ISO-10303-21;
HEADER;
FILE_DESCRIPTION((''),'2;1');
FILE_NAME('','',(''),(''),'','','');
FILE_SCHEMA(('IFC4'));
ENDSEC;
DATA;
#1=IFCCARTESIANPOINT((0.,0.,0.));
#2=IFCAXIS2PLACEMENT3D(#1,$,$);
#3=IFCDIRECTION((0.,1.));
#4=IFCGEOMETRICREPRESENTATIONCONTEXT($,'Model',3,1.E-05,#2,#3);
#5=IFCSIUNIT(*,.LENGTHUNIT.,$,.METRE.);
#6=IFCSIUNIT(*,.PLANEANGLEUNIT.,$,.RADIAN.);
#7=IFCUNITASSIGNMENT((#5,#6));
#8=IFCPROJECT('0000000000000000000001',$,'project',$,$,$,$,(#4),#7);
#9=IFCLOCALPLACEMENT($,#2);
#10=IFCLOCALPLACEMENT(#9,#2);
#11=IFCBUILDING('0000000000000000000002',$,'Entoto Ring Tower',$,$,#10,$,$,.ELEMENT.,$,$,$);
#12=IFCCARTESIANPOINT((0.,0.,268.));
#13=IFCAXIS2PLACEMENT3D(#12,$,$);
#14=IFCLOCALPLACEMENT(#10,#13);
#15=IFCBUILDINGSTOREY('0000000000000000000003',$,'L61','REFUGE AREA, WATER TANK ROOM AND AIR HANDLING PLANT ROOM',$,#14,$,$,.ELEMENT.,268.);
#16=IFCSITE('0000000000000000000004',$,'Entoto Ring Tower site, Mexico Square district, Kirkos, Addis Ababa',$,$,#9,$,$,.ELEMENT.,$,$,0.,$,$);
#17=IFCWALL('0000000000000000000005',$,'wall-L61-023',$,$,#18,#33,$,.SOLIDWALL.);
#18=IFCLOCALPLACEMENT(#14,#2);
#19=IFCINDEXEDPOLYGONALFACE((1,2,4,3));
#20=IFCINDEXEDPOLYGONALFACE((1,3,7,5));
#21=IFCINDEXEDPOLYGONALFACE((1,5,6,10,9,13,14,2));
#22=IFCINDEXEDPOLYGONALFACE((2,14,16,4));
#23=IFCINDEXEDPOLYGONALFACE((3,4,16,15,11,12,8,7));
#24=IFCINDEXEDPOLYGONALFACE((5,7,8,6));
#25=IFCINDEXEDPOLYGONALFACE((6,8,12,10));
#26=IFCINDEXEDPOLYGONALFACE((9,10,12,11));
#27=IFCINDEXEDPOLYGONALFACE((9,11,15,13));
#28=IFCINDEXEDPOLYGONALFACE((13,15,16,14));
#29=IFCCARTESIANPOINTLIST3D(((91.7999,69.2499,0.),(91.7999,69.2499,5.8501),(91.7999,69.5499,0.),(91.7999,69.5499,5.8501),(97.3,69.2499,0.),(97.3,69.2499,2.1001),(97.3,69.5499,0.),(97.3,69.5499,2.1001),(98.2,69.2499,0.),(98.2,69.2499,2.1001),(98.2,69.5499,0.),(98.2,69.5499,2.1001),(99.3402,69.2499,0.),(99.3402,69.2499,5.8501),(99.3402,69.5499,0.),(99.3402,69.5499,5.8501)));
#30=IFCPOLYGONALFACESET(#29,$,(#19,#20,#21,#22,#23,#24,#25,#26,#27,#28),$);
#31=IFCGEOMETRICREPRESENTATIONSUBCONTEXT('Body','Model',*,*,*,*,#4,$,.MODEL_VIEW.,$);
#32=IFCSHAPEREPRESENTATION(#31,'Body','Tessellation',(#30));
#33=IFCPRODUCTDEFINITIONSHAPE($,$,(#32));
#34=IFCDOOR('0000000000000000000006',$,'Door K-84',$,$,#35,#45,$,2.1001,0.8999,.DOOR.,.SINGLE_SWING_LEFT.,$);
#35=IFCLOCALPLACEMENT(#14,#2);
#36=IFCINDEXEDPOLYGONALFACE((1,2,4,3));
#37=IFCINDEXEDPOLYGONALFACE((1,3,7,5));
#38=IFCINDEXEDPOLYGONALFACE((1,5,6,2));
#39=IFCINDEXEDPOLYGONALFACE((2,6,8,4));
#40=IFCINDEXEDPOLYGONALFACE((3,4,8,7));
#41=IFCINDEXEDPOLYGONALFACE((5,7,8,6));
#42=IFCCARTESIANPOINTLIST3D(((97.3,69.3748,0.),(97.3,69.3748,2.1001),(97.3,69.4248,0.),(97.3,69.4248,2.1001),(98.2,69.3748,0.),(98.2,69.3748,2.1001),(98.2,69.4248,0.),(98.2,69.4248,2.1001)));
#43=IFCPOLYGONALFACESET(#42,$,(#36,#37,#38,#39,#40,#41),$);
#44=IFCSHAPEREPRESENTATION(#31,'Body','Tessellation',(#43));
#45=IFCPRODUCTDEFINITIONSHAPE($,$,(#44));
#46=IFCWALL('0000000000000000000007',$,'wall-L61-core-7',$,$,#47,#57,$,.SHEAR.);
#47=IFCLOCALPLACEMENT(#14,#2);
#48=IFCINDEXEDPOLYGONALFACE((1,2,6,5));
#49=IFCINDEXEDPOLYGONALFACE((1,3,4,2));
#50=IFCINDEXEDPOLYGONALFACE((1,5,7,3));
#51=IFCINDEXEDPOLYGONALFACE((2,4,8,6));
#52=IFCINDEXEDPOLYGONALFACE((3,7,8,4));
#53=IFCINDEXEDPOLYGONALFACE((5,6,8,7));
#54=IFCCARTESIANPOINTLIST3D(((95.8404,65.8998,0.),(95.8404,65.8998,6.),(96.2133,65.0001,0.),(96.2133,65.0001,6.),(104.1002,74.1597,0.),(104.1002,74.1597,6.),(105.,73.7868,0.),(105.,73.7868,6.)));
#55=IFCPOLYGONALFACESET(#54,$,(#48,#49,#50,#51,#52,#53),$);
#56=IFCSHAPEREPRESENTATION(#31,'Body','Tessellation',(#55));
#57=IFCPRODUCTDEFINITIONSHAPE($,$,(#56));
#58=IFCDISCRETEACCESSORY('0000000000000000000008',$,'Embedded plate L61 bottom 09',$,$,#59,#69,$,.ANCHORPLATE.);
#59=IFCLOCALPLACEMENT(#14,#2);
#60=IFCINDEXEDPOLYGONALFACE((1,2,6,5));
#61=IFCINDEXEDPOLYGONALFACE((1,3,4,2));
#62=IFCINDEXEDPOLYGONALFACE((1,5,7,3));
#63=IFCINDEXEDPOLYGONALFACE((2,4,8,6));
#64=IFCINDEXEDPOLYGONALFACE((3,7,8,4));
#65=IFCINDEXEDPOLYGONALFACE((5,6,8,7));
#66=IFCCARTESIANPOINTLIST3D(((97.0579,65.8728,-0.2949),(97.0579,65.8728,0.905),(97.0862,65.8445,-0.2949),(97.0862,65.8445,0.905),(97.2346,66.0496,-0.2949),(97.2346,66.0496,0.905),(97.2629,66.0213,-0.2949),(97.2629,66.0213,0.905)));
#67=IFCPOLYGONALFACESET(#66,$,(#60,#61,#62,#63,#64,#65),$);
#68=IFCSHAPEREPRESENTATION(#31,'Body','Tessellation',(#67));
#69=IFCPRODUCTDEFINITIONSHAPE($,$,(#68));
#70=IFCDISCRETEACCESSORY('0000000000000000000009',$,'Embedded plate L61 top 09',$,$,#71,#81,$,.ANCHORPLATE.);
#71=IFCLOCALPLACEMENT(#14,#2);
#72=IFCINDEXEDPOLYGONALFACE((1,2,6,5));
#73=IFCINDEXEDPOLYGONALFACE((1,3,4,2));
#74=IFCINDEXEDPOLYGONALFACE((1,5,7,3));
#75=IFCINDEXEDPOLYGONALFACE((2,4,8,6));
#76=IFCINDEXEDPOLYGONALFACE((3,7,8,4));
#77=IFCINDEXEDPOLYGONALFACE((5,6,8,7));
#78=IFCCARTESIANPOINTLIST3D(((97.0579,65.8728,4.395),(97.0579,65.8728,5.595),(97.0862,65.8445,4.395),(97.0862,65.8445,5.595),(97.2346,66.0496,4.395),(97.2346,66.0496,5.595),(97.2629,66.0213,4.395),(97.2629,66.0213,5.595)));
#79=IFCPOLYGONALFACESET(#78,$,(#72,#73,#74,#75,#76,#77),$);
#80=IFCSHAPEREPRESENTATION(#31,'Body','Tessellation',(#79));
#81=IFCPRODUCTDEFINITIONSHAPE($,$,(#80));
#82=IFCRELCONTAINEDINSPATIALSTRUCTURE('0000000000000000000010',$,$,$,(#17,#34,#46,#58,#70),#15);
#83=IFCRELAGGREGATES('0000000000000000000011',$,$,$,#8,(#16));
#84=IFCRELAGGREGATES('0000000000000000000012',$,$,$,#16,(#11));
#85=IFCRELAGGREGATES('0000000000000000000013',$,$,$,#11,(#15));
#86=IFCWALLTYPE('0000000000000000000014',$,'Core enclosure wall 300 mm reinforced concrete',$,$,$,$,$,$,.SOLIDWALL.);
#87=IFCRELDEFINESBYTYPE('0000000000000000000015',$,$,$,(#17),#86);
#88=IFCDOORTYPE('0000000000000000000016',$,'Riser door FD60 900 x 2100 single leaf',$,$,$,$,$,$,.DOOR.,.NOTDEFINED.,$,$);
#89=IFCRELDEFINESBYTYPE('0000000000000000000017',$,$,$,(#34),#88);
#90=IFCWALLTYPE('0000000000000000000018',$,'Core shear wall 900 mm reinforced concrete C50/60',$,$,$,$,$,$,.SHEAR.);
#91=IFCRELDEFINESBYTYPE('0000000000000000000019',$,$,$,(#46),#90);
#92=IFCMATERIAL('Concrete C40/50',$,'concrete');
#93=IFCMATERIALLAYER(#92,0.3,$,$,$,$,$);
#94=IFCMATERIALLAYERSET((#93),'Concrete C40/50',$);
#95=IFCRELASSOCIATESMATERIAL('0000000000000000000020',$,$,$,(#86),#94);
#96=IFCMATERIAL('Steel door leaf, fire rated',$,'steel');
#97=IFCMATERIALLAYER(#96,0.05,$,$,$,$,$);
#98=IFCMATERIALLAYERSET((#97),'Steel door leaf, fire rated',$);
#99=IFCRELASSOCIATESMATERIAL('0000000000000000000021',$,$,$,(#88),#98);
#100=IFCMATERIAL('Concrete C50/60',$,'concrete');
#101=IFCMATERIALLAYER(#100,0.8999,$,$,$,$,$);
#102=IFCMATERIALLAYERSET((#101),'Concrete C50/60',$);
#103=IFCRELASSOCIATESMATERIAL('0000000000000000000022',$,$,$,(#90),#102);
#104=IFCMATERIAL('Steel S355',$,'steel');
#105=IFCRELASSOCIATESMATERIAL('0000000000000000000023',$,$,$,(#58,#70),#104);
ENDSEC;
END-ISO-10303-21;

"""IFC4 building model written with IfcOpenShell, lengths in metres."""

from ifc_helpers import new_model, si_unit, direction, frame, frame_2d, origin, origin_2d, place, context, subcontext, project, spatial, polyline, rectangle, outline, extrude, material, layer, layer_set, type_object, element, fill, save


model = new_model("IFC4")

# Units and contexts
model_context = context("Model", 3, precision=1e-05, world=origin(), true_north=direction((0.0, 1.0)))
body_context = subcontext(model_context, "Body", "Model", "MODEL_VIEW")
ifc_project = project(units=[si_unit("LENGTHUNIT", "METRE"), si_unit("PLANEANGLEUNIT", "RADIAN")], contexts=[model_context])

# Site, building, storey
site_placement = place(None, origin())
site = spatial("IfcSite", under=ifc_project, at=site_placement, Name="Entoto Ring Tower site, Mexico Square district, Kirkos, Addis Ababa", CompositionType="ELEMENT", RefElevation=0.0)
building_placement = place(site_placement, origin())
building = spatial("IfcBuilding", under=site, at=building_placement, Name="Entoto Ring Tower", CompositionType="ELEMENT")
storey_placement = place(building_placement, frame((0.0, 0.0, 268.0)))
storey = spatial("IfcBuildingStorey", under=building, at=storey_placement, Name="L61", Description="REFUGE AREA, WATER TANK ROOM AND AIR HANDLING PLANT ROOM", CompositionType="ELEMENT", Elevation=268.0)

# Shared definitions
ifc_material_1 = material(Name="Concrete C40/50", Category="concrete")
ifc_layer_1 = layer(ifc_material_1, 0.3)
ifc_layer_set_1 = layer_set([ifc_layer_1], Name="Concrete C40/50")
wall_type_1 = type_object("IfcWallType", Name="Core enclosure wall 300 mm reinforced concrete", PredefinedType="SOLIDWALL", material=ifc_layer_set_1)

# Wall, opening, door
wall_1_placement = place(storey_placement, frame((91.8, 69.3999, 0.0), z_axis=(0.0, 0.0, 1.0), x_axis=(1.0, 0.0, 0.0)))
wall_1 = element("IfcWall", 1, at=wall_1_placement, inside=storey, type_object=wall_type_1, Name="wall-L61-023", PredefinedType="SOLIDWALL", context=body_context, shape_type="SweptSolid", body=[
    extrude(rectangle(XDim=7.5403, YDim=0.3, at=frame_2d((3.77, 0.0))), origin(), (0.0, 0.0, 1.0), 5.8501),
])
opening_1_placement = place(wall_1_placement, frame((5.5, 0.0, 0.0)))
opening_1 = element("IfcOpeningElement", 2, at=opening_1_placement, cuts=wall_1, PredefinedType="OPENING", context=body_context, shape_type="SweptSolid", body=[
    extrude(rectangle(XDim=0.8999, YDim=2.1001, at=frame_2d((0.45, 1.05))), frame((0.0, 0.1602, 0.0), z_axis=(0.0, -1.0, 0.0), x_axis=(1.0, 0.0, 0.0)), (0.0, 0.0, 1.0), 0.3201),
])
ifc_material_2 = material(Name="Steel door leaf, fire rated", Category="steel")
ifc_layer_2 = layer(ifc_material_2, 0.05)
ifc_layer_set_2 = layer_set([ifc_layer_2], Name="Steel door leaf, fire rated")
door_type_1 = type_object("IfcDoorType", Name="Riser door FD60 900 x 2100 single leaf", OperationType="NOTDEFINED", PredefinedType="DOOR", material=ifc_layer_set_2)
door_1_placement = place(opening_1_placement, origin())
door_1 = element("IfcDoor", 3, at=door_1_placement, inside=storey, type_object=door_type_1, Name="Door K-84", OperationType="SINGLE_SWING_LEFT", OverallHeight=2.1001, OverallWidth=0.8999, PredefinedType="DOOR", context=body_context, shape_type="SweptSolid", body=[
    extrude(rectangle(XDim=0.8999, YDim=2.1001, at=frame_2d((0.45, 1.05))), frame((0.0, 0.0249, 0.0), z_axis=(0.0, -1.0, 0.0), x_axis=(1.0, 0.0, 0.0)), (0.0, 0.0, 1.0), 0.05),
])
fill(opening_1, door_1)

# Wall
ifc_material_3 = material(Name="Concrete C50/60", Category="concrete")
ifc_layer_3 = layer(ifc_material_3, 0.8999)
ifc_layer_set_3 = layer_set([ifc_layer_3], Name="Concrete C50/60")
wall_type_2 = type_object("IfcWallType", Name="Core shear wall 900 mm reinforced concrete C50/60", PredefinedType="SHEAR", material=ifc_layer_set_3)
wall_2_placement = place(storey_placement, frame((96.0269, 65.45, 0.0), z_axis=(0.0, 0.0, 1.0), x_axis=(0.707107, 0.707107, 0.0)))
element("IfcWall", 4, at=wall_2_placement, inside=storey, type_object=wall_type_2, Name="wall-L61-core-7", PredefinedType="SHEAR", context=body_context, shape_type="SweptSolid", body=[
    extrude(outline(polyline([(-0.1863, -0.45), (12.24, -0.45), (11.8674, 0.45), (0.1863, 0.45), (-0.1863, -0.45)])), origin(), (0.0, 0.0, 1.0), 6.0),
])

# Discrete accessories
ifc_material_4 = material(Name="Steel S355", Category="steel")
for number, where, z_axis, x_axis, name in (
    (5, (97.1604, 65.947, -0.2949), (0.0, 0.0, 1.0), (0.707107, -0.707107, 0.0), "Embedded plate L61 bottom 09"),
    (6, (97.1604, 65.947, 4.395), (0.0, 0.0, 1.0), (0.707107, -0.707107, 0.0), "Embedded plate L61 top 09"),
):
    element("IfcDiscreteAccessory", number, at=place(storey_placement, frame(where, z_axis=z_axis, x_axis=x_axis)), inside=storey, material=ifc_material_4, Name=name, PredefinedType="ANCHORPLATE", context=body_context, shape_type="SweptSolid", body=[
        extrude(rectangle(XDim=0.04, YDim=0.25, at=origin_2d()), origin(), (0.0, 0.0, 1.0), 1.2),
    ])

save(model, "model.ifc")
